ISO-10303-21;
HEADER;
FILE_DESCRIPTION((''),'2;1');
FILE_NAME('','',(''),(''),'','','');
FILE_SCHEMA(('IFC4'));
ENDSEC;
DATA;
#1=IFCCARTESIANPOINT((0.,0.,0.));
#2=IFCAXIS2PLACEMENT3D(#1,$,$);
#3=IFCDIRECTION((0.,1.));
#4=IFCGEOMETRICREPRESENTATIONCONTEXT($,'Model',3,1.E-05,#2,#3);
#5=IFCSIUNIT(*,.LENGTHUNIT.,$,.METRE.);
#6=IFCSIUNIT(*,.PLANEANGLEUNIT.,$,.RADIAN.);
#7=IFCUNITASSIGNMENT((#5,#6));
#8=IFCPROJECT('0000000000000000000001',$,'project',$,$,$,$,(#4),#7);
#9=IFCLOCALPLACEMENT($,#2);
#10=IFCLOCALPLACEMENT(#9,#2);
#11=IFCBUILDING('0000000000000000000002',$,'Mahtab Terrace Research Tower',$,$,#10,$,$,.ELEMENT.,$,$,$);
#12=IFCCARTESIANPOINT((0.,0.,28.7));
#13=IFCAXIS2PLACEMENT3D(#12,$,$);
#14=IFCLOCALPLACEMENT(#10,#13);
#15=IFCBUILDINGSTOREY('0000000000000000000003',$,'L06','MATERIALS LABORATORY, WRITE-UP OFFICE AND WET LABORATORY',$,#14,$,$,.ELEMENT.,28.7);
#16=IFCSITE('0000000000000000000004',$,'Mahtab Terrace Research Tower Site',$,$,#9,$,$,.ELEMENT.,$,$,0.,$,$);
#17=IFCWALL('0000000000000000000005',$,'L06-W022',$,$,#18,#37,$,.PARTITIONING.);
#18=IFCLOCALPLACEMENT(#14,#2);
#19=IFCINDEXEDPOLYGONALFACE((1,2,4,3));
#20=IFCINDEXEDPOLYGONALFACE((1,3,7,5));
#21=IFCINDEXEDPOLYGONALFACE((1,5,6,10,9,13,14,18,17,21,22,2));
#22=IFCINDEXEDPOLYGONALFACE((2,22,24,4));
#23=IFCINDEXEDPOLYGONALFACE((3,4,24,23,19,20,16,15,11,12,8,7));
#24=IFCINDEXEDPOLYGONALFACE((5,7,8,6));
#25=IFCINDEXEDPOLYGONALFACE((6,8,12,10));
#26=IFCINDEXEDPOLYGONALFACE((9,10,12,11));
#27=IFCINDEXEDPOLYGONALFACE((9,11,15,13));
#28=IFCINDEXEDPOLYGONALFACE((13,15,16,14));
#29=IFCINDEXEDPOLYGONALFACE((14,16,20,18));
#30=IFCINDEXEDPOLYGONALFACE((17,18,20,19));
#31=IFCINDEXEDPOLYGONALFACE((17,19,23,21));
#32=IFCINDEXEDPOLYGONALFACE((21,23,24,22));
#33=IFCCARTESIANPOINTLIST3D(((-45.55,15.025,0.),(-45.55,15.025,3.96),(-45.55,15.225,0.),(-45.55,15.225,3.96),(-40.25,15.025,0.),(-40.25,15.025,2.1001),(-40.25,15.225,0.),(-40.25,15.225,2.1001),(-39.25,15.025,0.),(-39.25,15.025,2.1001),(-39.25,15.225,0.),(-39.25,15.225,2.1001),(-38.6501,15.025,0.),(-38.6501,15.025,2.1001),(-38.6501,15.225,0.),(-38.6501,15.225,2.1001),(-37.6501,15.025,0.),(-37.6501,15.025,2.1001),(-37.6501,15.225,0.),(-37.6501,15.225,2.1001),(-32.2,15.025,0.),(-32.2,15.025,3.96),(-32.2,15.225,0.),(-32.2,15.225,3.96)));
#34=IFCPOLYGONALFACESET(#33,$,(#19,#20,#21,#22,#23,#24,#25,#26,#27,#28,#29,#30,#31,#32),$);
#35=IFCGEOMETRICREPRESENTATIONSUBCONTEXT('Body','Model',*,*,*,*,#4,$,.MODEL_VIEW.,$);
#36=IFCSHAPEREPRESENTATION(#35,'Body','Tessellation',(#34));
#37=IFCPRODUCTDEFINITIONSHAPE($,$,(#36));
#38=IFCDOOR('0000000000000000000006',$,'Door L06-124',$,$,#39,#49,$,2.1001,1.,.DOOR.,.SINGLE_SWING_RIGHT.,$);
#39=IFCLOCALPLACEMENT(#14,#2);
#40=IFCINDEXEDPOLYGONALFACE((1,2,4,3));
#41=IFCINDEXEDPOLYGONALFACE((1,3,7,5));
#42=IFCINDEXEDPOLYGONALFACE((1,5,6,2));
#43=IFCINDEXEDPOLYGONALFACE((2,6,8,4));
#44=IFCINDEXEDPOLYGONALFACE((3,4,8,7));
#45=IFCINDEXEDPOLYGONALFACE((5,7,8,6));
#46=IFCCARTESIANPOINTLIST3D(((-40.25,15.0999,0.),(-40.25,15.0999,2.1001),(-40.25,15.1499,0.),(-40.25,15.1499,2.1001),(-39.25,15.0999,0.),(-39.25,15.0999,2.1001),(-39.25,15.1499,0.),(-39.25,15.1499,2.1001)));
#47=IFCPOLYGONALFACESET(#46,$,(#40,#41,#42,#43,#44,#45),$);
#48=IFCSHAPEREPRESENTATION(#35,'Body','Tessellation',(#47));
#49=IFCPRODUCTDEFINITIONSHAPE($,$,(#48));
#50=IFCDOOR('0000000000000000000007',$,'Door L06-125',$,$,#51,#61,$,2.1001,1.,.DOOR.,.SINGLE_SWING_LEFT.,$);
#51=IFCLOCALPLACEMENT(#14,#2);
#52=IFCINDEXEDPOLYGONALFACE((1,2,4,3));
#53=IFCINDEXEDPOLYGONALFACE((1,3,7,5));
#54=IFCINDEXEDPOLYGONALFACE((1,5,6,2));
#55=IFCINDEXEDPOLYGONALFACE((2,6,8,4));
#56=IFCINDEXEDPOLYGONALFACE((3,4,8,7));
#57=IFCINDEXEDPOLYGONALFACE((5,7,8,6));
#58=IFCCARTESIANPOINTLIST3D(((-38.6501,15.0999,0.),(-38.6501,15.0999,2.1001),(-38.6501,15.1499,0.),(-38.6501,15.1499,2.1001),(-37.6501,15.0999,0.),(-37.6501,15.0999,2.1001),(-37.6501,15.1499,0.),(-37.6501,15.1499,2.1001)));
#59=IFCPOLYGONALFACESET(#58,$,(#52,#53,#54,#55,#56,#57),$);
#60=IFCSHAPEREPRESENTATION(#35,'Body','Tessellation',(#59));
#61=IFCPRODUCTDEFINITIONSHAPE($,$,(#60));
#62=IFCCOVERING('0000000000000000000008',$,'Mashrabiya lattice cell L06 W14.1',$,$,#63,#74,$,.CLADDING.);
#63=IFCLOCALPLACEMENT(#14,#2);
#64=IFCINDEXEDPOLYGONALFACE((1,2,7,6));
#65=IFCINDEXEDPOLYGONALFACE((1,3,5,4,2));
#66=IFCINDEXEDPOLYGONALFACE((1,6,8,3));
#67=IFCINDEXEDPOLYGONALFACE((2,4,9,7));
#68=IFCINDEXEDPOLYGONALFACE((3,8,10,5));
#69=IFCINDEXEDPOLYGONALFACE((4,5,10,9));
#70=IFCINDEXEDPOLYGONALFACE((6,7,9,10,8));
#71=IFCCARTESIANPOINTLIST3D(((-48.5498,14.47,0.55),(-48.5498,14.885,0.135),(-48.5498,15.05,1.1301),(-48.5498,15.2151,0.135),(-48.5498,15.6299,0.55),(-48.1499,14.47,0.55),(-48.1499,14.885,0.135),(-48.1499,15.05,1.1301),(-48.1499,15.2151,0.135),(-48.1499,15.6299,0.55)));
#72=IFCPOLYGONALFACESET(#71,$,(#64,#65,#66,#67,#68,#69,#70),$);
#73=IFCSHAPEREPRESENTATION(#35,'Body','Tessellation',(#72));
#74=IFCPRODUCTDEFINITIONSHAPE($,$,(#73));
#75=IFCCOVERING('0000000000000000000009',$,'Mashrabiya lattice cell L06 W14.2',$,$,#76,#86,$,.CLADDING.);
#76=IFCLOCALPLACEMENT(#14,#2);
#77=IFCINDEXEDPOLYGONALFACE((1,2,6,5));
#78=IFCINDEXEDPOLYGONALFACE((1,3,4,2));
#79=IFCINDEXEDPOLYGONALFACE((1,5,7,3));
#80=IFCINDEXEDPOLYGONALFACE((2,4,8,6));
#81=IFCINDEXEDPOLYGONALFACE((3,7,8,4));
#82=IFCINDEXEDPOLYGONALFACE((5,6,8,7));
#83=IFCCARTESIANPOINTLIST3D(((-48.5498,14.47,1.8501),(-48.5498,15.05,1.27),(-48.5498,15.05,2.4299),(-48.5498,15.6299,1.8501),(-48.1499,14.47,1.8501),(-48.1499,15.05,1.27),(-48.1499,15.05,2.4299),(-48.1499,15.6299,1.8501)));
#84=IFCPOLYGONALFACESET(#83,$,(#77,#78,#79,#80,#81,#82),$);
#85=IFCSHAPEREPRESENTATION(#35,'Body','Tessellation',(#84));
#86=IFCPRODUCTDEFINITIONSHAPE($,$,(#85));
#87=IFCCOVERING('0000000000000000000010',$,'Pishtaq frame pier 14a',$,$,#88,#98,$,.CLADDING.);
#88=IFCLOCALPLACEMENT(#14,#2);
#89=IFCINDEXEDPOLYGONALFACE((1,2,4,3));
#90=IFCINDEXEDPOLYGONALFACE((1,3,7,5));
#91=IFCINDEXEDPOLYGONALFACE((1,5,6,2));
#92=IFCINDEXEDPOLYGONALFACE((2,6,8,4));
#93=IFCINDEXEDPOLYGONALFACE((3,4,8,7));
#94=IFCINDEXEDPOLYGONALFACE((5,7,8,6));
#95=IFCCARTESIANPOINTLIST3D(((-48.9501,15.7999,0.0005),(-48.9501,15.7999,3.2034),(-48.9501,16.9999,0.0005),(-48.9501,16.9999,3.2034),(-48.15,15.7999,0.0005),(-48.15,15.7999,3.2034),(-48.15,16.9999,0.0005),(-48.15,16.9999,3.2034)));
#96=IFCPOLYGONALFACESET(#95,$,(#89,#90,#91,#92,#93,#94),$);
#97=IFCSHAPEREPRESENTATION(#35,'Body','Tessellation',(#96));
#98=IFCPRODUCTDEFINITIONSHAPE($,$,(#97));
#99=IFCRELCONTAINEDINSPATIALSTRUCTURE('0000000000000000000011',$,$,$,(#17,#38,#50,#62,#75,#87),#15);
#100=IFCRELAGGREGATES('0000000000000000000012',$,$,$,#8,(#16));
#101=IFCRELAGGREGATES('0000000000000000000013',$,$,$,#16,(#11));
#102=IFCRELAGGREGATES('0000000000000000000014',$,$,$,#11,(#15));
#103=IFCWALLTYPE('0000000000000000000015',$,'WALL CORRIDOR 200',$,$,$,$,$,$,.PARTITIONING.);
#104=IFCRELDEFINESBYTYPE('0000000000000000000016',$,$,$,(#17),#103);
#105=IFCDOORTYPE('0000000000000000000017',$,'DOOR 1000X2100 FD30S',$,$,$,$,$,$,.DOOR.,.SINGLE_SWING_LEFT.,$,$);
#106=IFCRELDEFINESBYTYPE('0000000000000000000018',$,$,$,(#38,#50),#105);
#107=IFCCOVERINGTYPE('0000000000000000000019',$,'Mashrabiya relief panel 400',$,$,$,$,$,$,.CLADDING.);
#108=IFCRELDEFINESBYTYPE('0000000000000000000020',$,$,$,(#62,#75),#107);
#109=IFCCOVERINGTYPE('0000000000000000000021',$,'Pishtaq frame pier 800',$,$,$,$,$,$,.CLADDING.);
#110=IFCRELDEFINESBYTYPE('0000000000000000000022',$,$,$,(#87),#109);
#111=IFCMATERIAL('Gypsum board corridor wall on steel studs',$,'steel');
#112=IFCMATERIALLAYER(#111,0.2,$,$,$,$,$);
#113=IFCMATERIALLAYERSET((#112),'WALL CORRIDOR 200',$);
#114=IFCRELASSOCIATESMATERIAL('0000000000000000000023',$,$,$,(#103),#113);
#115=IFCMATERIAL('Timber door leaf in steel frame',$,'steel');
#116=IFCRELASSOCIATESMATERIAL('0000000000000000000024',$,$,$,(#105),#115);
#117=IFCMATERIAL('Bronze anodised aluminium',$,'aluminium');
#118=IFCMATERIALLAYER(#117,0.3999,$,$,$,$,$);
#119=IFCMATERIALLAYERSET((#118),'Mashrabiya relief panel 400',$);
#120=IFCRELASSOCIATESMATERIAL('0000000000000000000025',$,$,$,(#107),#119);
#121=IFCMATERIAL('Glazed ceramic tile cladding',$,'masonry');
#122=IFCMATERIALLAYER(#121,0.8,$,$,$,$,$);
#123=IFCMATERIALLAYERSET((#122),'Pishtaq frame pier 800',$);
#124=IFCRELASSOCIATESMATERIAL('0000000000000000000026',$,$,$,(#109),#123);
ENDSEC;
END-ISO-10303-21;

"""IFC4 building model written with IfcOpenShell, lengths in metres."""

from ifc_helpers import new_model, si_unit, direction, frame, frame_2d, origin, origin_2d, place, context, subcontext, project, spatial, polyline, rectangle, outline, extrude, material, layer, layer_set, type_object, element, fill, save


model = new_model("IFC4")

# Units and contexts
model_context = context("Model", 3, precision=1e-05, world=origin(), true_north=direction((0.0, 1.0)))
body_context = subcontext(model_context, "Body", "Model", "MODEL_VIEW")
ifc_project = project(units=[si_unit("LENGTHUNIT", "METRE"), si_unit("PLANEANGLEUNIT", "RADIAN")], contexts=[model_context])

# Site, building, storey
site_placement = place(None, origin())
site = spatial("IfcSite", under=ifc_project, at=site_placement, Name="Mahtab Terrace Research Tower Site", CompositionType="ELEMENT", RefElevation=0.0)
building_placement = place(site_placement, origin())
building = spatial("IfcBuilding", under=site, at=building_placement, Name="Mahtab Terrace Research Tower", CompositionType="ELEMENT")
storey_placement = place(building_placement, frame((0.0, 0.0, 28.7)))
storey = spatial("IfcBuildingStorey", under=building, at=storey_placement, Name="L06", Description="MATERIALS LABORATORY, WRITE-UP OFFICE AND WET LABORATORY", CompositionType="ELEMENT", Elevation=28.7)

# Wall, openings, doors
ifc_material_1 = material(Name="Gypsum board corridor wall on steel studs", Category="steel")
ifc_layer_1 = layer(ifc_material_1, 0.2)
ifc_layer_set_1 = layer_set([ifc_layer_1], Name="WALL CORRIDOR 200")
wall_type = type_object("IfcWallType", Name="WALL CORRIDOR 200", PredefinedType="PARTITIONING", material=ifc_layer_set_1)
wall_placement = place(storey_placement, frame((-45.55, 15.125, 0.0), z_axis=(0.0, 0.0, 1.0), x_axis=(1.0, 0.0, 0.0)))
wall = element("IfcWall", 1, at=wall_placement, inside=storey, type_object=wall_type, Name="L06-W022", PredefinedType="PARTITIONING", context=body_context, shape_type="SweptSolid", body=[
    extrude(rectangle(XDim=13.3501, YDim=0.2, at=frame_2d((6.675, 0.0))), origin(), (0.0, 0.0, 1.0), 3.96),
])
opening_1_placement = place(wall_placement, frame((5.3, 0.0, 0.0)))
opening_1 = element("IfcOpeningElement", 2, at=opening_1_placement, cuts=wall, PredefinedType="OPENING", context=body_context, shape_type="SweptSolid", body=[
    extrude(rectangle(XDim=1.0, YDim=2.1001, at=frame_2d((0.5, 1.05))), frame((0.0, 0.1099, 0.0), z_axis=(0.0, -1.0, 0.0), x_axis=(1.0, 0.0, 0.0)), (0.0, 0.0, 1.0), 0.22),
])
opening_2_placement = place(wall_placement, frame((6.8999, 0.0, 0.0)))
opening_2 = element("IfcOpeningElement", 3, at=opening_2_placement, cuts=wall, PredefinedType="OPENING", context=body_context, shape_type="SweptSolid", body=[
    extrude(rectangle(XDim=1.0, YDim=2.1001, at=frame_2d((0.5, 1.05))), frame((0.0, 0.1099, 0.0), z_axis=(0.0, -1.0, 0.0), x_axis=(1.0, 0.0, 0.0)), (0.0, 0.0, 1.0), 0.22),
])
ifc_material_2 = material(Name="Timber door leaf in steel frame", Category="steel")
door_type = type_object("IfcDoorType", Name="DOOR 1000X2100 FD30S", OperationType="SINGLE_SWING_LEFT", PredefinedType="DOOR", material=ifc_material_2)
door_1_placement = place(opening_1_placement, origin())
door_1 = element("IfcDoor", 4, at=door_1_placement, inside=storey, type_object=door_type, Name="Door L06-124", OperationType="SINGLE_SWING_RIGHT", OverallHeight=2.1001, OverallWidth=1.0, PredefinedType="DOOR", context=body_context, shape_type="SweptSolid", body=[
    extrude(rectangle(XDim=1.0, YDim=2.1001, at=frame_2d((0.5, 1.05))), frame((0.0, 0.0249, 0.0), z_axis=(0.0, -1.0, 0.0), x_axis=(1.0, 0.0, 0.0)), (0.0, 0.0, 1.0), 0.05),
])
fill(opening_1, door_1)
door_2_placement = place(opening_2_placement, origin())
door_2 = element("IfcDoor", 5, at=door_2_placement, inside=storey, type_object=door_type, Name="Door L06-125", OperationType="SINGLE_SWING_LEFT", OverallHeight=2.1001, OverallWidth=1.0, PredefinedType="DOOR", context=body_context, shape_type="SweptSolid", body=[
    extrude(rectangle(XDim=1.0, YDim=2.1001, at=frame_2d((0.5, 1.05))), frame((0.0, 0.0249, 0.0), z_axis=(0.0, -1.0, 0.0), x_axis=(1.0, 0.0, 0.0)), (0.0, 0.0, 1.0), 0.05),
])
fill(opening_2, door_2)

# Coverings
ifc_material_3 = material(Name="Bronze anodised aluminium", Category="aluminium")
ifc_layer_2 = layer(ifc_material_3, 0.3999)
ifc_layer_set_2 = layer_set([ifc_layer_2], Name="Mashrabiya relief panel 400")
covering_type_1 = type_object("IfcCoveringType", Name="Mashrabiya relief panel 400", PredefinedType="CLADDING", material=ifc_layer_set_2)
covering_1_placement = place(storey_placement, frame((-48.1499, 15.6299, 0.55), z_axis=(1.0, 0.0, 0.0), x_axis=(0.0, -0.706958, 0.707256)))
element("IfcCovering", 6, at=covering_1_placement, inside=storey, type_object=covering_type_1, Name="Mashrabiya lattice cell L06 W14.1", PredefinedType="CLADDING", context=body_context, shape_type="SweptSolid", body=[
    extrude(outline(polyline([(0.0, 0.0), (0.8202, 0.0), (0.82, 0.8204), (0.2331, 0.8202), (-0.0003, 0.5868), (0.0, 0.0)])), origin(), (0.0, 0.0, -1.0), 0.3999),
])
covering_2_placement = place(storey_placement, frame((-48.1499, 15.05, 2.4299), z_axis=(1.0, 0.0, 0.0), x_axis=(0.0, -0.707256, -0.706958)))
element("IfcCovering", 7, at=covering_2_placement, inside=storey, type_object=covering_type_1, Name="Mashrabiya lattice cell L06 W14.2", PredefinedType="CLADDING", context=body_context, shape_type="SweptSolid", body=[
    extrude(outline(polyline([(0.0, 0.0), (0.8202, 0.0), (0.82, 0.8204), (-0.0002, 0.82), (0.0, 0.0)])), origin(), (0.0, 0.0, -1.0), 0.3999),
])
ifc_material_4 = material(Name="Glazed ceramic tile cladding", Category="masonry")
ifc_layer_3 = layer(ifc_material_4, 0.8)
ifc_layer_set_3 = layer_set([ifc_layer_3], Name="Pishtaq frame pier 800")
covering_type_2 = type_object("IfcCoveringType", Name="Pishtaq frame pier 800", PredefinedType="CLADDING", material=ifc_layer_set_3)
covering_3_placement = place(storey_placement, frame((-48.55, 16.3999, 0.0005), z_axis=(0.0, 0.0, 1.0), x_axis=(0.0, -1.0, 0.0)))
element("IfcCovering", 8, at=covering_3_placement, inside=storey, type_object=covering_type_2, Name="Pishtaq frame pier 14a", PredefinedType="CLADDING", context=body_context, shape_type="SweptSolid", body=[
    extrude(rectangle(XDim=1.2, YDim=0.8, at=origin_2d()), origin(), (0.0, 0.0, 1.0), 3.2029),
])

save(model, "model.ifc")
